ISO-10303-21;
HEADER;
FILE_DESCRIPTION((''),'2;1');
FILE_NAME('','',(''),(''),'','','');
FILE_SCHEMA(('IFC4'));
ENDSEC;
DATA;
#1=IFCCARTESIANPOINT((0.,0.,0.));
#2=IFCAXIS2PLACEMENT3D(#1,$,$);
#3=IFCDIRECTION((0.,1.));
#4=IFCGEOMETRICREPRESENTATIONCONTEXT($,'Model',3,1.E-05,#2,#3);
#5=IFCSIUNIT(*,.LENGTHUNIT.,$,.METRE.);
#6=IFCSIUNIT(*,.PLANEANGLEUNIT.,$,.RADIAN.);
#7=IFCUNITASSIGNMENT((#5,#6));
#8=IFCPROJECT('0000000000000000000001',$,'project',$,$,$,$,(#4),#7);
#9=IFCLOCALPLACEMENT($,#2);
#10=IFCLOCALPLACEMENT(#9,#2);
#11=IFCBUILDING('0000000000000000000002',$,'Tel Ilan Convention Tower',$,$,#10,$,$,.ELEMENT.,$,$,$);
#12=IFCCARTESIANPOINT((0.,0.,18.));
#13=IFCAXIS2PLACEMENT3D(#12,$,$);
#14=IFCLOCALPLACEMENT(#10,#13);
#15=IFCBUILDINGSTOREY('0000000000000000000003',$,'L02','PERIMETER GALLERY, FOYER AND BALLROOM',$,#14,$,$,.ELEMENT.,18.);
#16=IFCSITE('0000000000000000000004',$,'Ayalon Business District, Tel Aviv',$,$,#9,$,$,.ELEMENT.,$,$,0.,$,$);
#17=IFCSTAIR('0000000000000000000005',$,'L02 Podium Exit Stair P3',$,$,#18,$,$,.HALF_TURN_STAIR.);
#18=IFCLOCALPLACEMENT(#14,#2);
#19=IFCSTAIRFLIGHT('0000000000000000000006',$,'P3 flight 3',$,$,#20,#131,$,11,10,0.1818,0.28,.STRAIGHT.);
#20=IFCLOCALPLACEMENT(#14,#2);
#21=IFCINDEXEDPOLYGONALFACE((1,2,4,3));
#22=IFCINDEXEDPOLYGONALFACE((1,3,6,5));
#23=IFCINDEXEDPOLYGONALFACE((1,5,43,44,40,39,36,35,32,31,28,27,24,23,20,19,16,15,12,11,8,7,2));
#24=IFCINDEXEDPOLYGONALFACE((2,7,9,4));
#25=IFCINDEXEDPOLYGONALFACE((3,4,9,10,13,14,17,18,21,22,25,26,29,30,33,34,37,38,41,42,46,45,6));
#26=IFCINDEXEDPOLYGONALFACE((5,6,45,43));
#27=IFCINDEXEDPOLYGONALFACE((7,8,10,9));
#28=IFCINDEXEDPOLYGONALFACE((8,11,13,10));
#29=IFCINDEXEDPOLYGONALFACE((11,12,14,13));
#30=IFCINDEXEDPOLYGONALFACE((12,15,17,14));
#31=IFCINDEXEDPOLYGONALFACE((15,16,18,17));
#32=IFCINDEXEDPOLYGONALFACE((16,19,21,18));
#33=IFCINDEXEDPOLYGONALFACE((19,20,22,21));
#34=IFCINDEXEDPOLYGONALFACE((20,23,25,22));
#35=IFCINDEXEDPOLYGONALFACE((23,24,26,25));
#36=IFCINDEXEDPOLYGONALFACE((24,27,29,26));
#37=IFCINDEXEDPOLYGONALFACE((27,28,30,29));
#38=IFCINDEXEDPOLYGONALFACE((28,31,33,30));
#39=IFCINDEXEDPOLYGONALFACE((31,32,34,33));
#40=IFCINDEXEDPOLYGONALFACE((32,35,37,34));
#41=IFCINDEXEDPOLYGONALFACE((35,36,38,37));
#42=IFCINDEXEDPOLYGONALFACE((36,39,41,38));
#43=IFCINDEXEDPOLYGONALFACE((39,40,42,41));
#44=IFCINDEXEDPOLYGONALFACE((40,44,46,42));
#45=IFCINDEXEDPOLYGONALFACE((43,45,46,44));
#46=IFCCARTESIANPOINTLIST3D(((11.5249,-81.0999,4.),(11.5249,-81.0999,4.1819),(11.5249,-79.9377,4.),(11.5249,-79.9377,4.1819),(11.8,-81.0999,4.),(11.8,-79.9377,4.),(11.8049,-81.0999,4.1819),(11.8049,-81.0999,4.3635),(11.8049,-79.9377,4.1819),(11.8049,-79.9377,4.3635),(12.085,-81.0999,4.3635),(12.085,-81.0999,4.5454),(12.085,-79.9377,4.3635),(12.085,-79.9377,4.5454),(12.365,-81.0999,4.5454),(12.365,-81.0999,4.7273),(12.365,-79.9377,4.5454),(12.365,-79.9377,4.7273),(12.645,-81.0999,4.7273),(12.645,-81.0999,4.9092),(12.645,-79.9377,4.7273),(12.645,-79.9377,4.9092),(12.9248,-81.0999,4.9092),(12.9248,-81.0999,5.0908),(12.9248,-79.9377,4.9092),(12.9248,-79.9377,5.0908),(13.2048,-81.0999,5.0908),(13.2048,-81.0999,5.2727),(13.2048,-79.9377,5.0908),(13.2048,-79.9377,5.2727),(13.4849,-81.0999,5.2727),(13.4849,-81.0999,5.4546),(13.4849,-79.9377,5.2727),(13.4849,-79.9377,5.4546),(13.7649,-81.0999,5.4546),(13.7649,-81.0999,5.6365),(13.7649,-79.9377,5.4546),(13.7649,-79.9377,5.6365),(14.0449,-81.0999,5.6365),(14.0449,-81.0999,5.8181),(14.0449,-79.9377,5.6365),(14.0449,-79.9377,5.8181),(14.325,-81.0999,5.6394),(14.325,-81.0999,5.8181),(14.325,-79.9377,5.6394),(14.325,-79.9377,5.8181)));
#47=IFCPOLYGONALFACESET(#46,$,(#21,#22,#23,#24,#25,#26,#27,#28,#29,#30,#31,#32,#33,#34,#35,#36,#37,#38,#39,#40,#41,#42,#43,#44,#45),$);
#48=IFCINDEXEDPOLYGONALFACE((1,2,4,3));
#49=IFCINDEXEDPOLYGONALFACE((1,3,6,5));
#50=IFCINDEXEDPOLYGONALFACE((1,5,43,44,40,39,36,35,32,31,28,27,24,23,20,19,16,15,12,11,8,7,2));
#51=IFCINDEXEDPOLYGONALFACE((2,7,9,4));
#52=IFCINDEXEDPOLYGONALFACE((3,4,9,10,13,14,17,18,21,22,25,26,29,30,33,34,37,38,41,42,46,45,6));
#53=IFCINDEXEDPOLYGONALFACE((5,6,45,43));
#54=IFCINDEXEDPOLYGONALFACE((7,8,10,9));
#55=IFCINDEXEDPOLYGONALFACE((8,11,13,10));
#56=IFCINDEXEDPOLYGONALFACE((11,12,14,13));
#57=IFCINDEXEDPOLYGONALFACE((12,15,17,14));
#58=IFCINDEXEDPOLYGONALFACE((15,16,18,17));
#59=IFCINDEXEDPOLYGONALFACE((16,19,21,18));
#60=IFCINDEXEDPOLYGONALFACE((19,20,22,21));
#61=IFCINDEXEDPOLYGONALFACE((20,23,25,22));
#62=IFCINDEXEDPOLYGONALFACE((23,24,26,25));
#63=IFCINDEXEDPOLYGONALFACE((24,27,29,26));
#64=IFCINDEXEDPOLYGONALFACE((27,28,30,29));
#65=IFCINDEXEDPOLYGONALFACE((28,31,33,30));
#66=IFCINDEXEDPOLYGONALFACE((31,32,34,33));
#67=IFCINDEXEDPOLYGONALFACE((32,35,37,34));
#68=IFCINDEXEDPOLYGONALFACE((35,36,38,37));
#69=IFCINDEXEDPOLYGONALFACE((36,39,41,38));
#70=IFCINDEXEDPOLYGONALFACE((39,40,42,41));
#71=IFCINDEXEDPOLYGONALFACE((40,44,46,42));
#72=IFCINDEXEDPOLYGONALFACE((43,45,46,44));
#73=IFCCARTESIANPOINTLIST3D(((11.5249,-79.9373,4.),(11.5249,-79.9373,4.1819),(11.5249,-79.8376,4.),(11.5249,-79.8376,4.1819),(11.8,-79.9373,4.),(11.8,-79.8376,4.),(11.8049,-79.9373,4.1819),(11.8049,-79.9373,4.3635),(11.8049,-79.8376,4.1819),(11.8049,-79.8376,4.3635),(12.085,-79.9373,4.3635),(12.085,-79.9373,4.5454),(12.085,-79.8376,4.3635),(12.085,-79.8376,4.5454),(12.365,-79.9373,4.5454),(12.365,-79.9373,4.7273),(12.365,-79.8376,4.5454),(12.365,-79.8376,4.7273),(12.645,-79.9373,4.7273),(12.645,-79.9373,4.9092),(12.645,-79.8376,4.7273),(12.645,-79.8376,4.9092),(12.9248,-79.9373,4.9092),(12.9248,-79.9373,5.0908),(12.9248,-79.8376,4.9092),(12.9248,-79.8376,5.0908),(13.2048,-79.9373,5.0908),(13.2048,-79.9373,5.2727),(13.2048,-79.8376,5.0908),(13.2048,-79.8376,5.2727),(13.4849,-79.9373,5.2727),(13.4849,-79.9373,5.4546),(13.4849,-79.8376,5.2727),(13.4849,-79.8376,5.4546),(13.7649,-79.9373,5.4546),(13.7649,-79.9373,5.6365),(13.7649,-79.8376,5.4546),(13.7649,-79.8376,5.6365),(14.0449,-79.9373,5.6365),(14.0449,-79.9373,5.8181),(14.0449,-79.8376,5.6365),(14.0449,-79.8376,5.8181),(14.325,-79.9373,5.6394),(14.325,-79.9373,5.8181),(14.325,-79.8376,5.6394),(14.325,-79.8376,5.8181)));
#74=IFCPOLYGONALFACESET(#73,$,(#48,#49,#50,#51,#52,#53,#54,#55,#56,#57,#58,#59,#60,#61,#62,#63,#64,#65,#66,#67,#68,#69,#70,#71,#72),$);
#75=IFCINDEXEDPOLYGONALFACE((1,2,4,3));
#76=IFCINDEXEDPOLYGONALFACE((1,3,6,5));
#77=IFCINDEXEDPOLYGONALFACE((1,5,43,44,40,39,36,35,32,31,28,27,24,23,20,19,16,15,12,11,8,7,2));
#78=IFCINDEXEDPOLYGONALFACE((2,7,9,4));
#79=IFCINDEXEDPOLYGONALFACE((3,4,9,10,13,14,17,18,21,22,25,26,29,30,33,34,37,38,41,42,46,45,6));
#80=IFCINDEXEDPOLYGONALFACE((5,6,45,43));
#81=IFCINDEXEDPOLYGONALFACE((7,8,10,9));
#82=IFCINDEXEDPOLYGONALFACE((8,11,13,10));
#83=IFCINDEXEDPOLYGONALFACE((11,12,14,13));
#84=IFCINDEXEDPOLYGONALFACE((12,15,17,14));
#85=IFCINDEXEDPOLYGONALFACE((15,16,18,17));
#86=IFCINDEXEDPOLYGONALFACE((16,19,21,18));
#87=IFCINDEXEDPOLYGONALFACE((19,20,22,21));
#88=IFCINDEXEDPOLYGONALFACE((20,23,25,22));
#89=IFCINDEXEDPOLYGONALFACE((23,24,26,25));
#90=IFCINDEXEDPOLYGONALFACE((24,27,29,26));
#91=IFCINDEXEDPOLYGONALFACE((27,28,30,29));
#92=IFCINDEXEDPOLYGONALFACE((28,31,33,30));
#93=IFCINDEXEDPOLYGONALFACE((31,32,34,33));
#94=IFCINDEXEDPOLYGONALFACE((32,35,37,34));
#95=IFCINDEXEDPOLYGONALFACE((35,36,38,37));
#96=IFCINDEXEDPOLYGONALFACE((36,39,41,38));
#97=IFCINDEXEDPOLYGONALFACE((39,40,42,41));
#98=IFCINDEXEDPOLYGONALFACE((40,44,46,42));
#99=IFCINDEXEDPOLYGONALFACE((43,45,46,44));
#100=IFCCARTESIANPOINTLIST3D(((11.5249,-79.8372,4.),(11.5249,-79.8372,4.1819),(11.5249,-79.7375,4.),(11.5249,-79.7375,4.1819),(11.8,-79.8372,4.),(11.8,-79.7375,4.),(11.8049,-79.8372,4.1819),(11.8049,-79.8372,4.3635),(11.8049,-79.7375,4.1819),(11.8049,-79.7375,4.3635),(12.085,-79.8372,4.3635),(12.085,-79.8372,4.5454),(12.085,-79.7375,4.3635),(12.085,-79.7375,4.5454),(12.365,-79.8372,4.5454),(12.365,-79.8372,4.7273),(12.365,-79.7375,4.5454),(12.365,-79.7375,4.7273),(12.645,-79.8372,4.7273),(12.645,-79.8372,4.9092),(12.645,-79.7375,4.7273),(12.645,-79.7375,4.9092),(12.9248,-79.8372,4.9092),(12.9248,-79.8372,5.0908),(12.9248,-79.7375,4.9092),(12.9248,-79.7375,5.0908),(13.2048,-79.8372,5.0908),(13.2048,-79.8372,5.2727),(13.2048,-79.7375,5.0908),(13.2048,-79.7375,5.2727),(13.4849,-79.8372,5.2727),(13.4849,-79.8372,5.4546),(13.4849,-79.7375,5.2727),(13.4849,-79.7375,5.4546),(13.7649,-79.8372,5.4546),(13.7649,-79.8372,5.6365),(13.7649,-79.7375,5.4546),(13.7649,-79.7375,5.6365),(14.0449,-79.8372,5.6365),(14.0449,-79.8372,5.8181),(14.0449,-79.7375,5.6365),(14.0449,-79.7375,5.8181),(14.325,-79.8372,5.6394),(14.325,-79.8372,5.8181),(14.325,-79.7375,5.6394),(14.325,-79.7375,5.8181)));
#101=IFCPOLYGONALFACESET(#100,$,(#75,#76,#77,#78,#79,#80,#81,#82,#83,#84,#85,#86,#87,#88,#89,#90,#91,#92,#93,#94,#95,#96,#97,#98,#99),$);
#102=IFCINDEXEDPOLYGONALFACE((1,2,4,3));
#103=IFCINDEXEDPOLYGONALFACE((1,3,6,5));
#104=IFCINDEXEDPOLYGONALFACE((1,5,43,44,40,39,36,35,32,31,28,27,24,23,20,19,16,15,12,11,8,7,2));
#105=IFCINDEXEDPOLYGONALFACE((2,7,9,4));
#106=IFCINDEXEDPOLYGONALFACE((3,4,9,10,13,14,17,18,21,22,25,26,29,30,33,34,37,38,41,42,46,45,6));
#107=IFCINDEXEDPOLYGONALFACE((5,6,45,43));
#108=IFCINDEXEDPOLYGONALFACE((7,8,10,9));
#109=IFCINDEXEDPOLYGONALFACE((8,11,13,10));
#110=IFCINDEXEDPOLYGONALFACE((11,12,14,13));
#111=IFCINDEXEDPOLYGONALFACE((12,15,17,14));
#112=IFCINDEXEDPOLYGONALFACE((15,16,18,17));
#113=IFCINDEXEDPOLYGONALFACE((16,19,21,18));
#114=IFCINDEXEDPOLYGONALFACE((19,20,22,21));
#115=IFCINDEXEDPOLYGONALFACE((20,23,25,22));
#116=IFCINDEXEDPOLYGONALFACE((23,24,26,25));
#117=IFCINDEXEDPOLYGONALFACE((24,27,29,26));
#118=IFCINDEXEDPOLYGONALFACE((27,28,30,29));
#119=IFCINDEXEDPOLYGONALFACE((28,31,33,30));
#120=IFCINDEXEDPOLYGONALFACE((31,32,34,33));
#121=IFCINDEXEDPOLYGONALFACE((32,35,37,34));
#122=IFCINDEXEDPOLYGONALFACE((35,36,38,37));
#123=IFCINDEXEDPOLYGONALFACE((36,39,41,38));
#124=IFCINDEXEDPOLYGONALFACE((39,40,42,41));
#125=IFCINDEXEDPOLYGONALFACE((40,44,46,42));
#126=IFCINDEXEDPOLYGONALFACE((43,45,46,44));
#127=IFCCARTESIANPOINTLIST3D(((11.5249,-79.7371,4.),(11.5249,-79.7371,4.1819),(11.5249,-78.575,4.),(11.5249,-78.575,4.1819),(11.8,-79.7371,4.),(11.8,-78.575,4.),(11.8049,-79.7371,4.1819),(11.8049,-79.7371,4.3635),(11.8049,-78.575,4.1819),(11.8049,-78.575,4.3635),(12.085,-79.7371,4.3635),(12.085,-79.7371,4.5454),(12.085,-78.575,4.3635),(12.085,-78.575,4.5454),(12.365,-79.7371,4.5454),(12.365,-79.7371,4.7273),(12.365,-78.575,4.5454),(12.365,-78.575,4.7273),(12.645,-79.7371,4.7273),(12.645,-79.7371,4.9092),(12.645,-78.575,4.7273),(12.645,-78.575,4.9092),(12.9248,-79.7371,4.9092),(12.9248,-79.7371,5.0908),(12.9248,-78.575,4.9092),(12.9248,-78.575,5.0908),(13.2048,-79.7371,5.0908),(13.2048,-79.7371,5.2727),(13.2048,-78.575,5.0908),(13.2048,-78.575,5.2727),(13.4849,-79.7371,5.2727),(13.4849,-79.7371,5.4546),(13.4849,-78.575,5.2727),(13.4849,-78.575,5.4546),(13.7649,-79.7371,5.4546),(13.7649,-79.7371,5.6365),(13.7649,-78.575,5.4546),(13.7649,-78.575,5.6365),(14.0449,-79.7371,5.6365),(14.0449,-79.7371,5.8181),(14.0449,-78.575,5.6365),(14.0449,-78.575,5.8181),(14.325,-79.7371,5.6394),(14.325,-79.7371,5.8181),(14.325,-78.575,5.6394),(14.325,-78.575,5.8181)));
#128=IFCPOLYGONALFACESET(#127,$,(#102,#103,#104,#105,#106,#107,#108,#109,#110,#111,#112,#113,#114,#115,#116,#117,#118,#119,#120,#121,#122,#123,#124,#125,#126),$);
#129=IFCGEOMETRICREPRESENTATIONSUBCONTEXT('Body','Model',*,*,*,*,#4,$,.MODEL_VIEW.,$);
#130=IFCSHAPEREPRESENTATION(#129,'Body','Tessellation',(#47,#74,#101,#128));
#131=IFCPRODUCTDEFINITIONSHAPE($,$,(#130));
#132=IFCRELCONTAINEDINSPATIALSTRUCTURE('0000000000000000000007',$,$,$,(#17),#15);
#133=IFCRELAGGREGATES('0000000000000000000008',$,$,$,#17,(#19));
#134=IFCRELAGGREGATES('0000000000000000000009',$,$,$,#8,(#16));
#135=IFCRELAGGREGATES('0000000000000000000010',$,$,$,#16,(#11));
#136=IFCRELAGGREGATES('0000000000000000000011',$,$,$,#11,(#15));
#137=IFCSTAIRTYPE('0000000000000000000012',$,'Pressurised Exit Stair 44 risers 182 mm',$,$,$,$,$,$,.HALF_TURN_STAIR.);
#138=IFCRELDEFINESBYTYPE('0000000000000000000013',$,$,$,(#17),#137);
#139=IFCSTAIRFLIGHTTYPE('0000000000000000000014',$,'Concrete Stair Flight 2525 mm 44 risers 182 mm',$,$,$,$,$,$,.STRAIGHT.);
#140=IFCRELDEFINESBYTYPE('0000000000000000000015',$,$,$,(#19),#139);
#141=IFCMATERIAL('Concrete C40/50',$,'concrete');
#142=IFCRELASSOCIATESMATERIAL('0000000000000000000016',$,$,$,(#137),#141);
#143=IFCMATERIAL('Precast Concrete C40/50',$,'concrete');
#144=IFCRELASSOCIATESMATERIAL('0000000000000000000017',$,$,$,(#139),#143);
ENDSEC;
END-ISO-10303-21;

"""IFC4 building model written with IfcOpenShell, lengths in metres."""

from ifc_helpers import new_model, si_unit, direction, frame, origin, place, context, subcontext, project, spatial, polyline, outline, extrude, material, type_object, element, aggregate, save


model = new_model("IFC4")

# Units and contexts
model_context = context("Model", 3, precision=1e-05, world=origin(), true_north=direction((0.0, 1.0)))
body_context = subcontext(model_context, "Body", "Model", "MODEL_VIEW")
ifc_project = project(units=[si_unit("LENGTHUNIT", "METRE"), si_unit("PLANEANGLEUNIT", "RADIAN")], contexts=[model_context])

# Site, building, storey
site_placement = place(None, origin())
site = spatial("IfcSite", under=ifc_project, at=site_placement, Name="Ayalon Business District, Tel Aviv", CompositionType="ELEMENT", RefElevation=0.0)
building_placement = place(site_placement, origin())
building = spatial("IfcBuilding", under=site, at=building_placement, Name="Tel Ilan Convention Tower", CompositionType="ELEMENT")
storey_placement = place(building_placement, frame((0.0, 0.0, 18.0)))
storey = spatial("IfcBuildingStorey", under=building, at=storey_placement, Name="L02", Description="PERIMETER GALLERY, FOYER AND BALLROOM", CompositionType="ELEMENT", Elevation=18.0)

# Stair, stair flight
ifc_material_1 = material(Name="Concrete C40/50", Category="concrete")
stair_type = type_object("IfcStairType", Name="Pressurised Exit Stair 44 risers 182 mm", PredefinedType="HALF_TURN_STAIR", material=ifc_material_1)
stair_placement = place(storey_placement, origin())
stair = element("IfcStair", 1, at=stair_placement, inside=storey, type_object=stair_type, Name="L02 Podium Exit Stair P3", PredefinedType="HALF_TURN_STAIR")
ifc_material_2 = material(Name="Precast Concrete C40/50", Category="concrete")
stair_flight_type = type_object("IfcStairFlightType", Name="Concrete Stair Flight 2525 mm 44 risers 182 mm", PredefinedType="STRAIGHT", material=ifc_material_2)
stair_flight_1_placement = place(storey_placement, frame((11.5249, -79.8374, 4.0), z_axis=(0.0, 0.0, 1.0), x_axis=(1.0, 0.0, 0.0)))
stair_flight_1 = element("IfcStairFlight", 2, at=stair_flight_1_placement, type_object=stair_flight_type, Name="P3 flight 3", NumberOfRisers=11, NumberOfTreads=10, PredefinedType="STRAIGHT", RiserHeight=0.1818, TreadLength=0.28, context=body_context, shape_type="SweptSolid", body=[
    extrude(outline(polyline([(0.0, 0.0), (0.0, 0.1819), (0.28, 0.1819), (0.28, 0.3635), (0.5601, 0.3635), (0.5601, 0.5454), (0.8401, 0.5454), (0.8401, 0.7273), (1.1201, 0.7273), (1.1201, 0.9092), (1.3999, 0.9092), (1.3999, 1.0908), (1.6799, 1.0908), (1.6799, 1.2727), (1.96, 1.2727), (1.96, 1.4546), (2.24, 1.4546), (2.24, 1.6365), (2.52, 1.6365), (2.52, 1.8181), (2.8, 1.8181), (2.8, 2.0), (2.8, 1.6394), (0.2751, 0.0), (0.0, 0.0)])), frame((0.0, -0.1003, 0.0), z_axis=(0.0, -1.0, 0.0), x_axis=(1.0, 0.0, 0.0)), (0.0, 0.0, 1.0), 1.1621),
    extrude(outline(polyline([(0.0, 0.0), (0.0, 0.1819), (0.28, 0.1819), (0.28, 0.3635), (0.5601, 0.3635), (0.5601, 0.5454), (0.8401, 0.5454), (0.8401, 0.7273), (1.1201, 0.7273), (1.1201, 0.9092), (1.3999, 0.9092), (1.3999, 1.0908), (1.6799, 1.0908), (1.6799, 1.2727), (1.96, 1.2727), (1.96, 1.4546), (2.24, 1.4546), (2.24, 1.6365), (2.52, 1.6365), (2.52, 1.8181), (2.8, 1.8181), (2.8, 2.0), (2.8, 1.6394), (0.2751, 0.0), (0.0, 0.0)])), frame((0.0, -0.0002, 0.0), z_axis=(0.0, -1.0, 0.0), x_axis=(1.0, 0.0, 0.0)), (0.0, 0.0, 1.0), 0.0996),
    extrude(outline(polyline([(0.0, 0.0), (0.0, 0.1819), (0.28, 0.1819), (0.28, 0.3635), (0.5601, 0.3635), (0.5601, 0.5454), (0.8401, 0.5454), (0.8401, 0.7273), (1.1201, 0.7273), (1.1201, 0.9092), (1.3999, 0.9092), (1.3999, 1.0908), (1.6799, 1.0908), (1.6799, 1.2727), (1.96, 1.2727), (1.96, 1.4546), (2.24, 1.4546), (2.24, 1.6365), (2.52, 1.6365), (2.52, 1.8181), (2.8, 1.8181), (2.8, 2.0), (2.8, 1.6394), (0.2751, 0.0), (0.0, 0.0)])), frame((0.0, 0.0999, 0.0), z_axis=(0.0, -1.0, 0.0), x_axis=(1.0, 0.0, 0.0)), (0.0, 0.0, 1.0), 0.0996),
    extrude(outline(polyline([(0.0, 0.0), (0.0, 0.1819), (0.28, 0.1819), (0.28, 0.3635), (0.5601, 0.3635), (0.5601, 0.5454), (0.8401, 0.5454), (0.8401, 0.7273), (1.1201, 0.7273), (1.1201, 0.9092), (1.3999, 0.9092), (1.3999, 1.0908), (1.6799, 1.0908), (1.6799, 1.2727), (1.96, 1.2727), (1.96, 1.4546), (2.24, 1.4546), (2.24, 1.6365), (2.52, 1.6365), (2.52, 1.8181), (2.8, 1.8181), (2.8, 2.0), (2.8, 1.6394), (0.2751, 0.0), (0.0, 0.0)])), frame((0.0, 1.2625, 0.0), z_axis=(0.0, -1.0, 0.0), x_axis=(1.0, 0.0, 0.0)), (0.0, 0.0, 1.0), 1.1621),
])
aggregate(stair, [stair_flight_1])

save(model, "model.ifc")
